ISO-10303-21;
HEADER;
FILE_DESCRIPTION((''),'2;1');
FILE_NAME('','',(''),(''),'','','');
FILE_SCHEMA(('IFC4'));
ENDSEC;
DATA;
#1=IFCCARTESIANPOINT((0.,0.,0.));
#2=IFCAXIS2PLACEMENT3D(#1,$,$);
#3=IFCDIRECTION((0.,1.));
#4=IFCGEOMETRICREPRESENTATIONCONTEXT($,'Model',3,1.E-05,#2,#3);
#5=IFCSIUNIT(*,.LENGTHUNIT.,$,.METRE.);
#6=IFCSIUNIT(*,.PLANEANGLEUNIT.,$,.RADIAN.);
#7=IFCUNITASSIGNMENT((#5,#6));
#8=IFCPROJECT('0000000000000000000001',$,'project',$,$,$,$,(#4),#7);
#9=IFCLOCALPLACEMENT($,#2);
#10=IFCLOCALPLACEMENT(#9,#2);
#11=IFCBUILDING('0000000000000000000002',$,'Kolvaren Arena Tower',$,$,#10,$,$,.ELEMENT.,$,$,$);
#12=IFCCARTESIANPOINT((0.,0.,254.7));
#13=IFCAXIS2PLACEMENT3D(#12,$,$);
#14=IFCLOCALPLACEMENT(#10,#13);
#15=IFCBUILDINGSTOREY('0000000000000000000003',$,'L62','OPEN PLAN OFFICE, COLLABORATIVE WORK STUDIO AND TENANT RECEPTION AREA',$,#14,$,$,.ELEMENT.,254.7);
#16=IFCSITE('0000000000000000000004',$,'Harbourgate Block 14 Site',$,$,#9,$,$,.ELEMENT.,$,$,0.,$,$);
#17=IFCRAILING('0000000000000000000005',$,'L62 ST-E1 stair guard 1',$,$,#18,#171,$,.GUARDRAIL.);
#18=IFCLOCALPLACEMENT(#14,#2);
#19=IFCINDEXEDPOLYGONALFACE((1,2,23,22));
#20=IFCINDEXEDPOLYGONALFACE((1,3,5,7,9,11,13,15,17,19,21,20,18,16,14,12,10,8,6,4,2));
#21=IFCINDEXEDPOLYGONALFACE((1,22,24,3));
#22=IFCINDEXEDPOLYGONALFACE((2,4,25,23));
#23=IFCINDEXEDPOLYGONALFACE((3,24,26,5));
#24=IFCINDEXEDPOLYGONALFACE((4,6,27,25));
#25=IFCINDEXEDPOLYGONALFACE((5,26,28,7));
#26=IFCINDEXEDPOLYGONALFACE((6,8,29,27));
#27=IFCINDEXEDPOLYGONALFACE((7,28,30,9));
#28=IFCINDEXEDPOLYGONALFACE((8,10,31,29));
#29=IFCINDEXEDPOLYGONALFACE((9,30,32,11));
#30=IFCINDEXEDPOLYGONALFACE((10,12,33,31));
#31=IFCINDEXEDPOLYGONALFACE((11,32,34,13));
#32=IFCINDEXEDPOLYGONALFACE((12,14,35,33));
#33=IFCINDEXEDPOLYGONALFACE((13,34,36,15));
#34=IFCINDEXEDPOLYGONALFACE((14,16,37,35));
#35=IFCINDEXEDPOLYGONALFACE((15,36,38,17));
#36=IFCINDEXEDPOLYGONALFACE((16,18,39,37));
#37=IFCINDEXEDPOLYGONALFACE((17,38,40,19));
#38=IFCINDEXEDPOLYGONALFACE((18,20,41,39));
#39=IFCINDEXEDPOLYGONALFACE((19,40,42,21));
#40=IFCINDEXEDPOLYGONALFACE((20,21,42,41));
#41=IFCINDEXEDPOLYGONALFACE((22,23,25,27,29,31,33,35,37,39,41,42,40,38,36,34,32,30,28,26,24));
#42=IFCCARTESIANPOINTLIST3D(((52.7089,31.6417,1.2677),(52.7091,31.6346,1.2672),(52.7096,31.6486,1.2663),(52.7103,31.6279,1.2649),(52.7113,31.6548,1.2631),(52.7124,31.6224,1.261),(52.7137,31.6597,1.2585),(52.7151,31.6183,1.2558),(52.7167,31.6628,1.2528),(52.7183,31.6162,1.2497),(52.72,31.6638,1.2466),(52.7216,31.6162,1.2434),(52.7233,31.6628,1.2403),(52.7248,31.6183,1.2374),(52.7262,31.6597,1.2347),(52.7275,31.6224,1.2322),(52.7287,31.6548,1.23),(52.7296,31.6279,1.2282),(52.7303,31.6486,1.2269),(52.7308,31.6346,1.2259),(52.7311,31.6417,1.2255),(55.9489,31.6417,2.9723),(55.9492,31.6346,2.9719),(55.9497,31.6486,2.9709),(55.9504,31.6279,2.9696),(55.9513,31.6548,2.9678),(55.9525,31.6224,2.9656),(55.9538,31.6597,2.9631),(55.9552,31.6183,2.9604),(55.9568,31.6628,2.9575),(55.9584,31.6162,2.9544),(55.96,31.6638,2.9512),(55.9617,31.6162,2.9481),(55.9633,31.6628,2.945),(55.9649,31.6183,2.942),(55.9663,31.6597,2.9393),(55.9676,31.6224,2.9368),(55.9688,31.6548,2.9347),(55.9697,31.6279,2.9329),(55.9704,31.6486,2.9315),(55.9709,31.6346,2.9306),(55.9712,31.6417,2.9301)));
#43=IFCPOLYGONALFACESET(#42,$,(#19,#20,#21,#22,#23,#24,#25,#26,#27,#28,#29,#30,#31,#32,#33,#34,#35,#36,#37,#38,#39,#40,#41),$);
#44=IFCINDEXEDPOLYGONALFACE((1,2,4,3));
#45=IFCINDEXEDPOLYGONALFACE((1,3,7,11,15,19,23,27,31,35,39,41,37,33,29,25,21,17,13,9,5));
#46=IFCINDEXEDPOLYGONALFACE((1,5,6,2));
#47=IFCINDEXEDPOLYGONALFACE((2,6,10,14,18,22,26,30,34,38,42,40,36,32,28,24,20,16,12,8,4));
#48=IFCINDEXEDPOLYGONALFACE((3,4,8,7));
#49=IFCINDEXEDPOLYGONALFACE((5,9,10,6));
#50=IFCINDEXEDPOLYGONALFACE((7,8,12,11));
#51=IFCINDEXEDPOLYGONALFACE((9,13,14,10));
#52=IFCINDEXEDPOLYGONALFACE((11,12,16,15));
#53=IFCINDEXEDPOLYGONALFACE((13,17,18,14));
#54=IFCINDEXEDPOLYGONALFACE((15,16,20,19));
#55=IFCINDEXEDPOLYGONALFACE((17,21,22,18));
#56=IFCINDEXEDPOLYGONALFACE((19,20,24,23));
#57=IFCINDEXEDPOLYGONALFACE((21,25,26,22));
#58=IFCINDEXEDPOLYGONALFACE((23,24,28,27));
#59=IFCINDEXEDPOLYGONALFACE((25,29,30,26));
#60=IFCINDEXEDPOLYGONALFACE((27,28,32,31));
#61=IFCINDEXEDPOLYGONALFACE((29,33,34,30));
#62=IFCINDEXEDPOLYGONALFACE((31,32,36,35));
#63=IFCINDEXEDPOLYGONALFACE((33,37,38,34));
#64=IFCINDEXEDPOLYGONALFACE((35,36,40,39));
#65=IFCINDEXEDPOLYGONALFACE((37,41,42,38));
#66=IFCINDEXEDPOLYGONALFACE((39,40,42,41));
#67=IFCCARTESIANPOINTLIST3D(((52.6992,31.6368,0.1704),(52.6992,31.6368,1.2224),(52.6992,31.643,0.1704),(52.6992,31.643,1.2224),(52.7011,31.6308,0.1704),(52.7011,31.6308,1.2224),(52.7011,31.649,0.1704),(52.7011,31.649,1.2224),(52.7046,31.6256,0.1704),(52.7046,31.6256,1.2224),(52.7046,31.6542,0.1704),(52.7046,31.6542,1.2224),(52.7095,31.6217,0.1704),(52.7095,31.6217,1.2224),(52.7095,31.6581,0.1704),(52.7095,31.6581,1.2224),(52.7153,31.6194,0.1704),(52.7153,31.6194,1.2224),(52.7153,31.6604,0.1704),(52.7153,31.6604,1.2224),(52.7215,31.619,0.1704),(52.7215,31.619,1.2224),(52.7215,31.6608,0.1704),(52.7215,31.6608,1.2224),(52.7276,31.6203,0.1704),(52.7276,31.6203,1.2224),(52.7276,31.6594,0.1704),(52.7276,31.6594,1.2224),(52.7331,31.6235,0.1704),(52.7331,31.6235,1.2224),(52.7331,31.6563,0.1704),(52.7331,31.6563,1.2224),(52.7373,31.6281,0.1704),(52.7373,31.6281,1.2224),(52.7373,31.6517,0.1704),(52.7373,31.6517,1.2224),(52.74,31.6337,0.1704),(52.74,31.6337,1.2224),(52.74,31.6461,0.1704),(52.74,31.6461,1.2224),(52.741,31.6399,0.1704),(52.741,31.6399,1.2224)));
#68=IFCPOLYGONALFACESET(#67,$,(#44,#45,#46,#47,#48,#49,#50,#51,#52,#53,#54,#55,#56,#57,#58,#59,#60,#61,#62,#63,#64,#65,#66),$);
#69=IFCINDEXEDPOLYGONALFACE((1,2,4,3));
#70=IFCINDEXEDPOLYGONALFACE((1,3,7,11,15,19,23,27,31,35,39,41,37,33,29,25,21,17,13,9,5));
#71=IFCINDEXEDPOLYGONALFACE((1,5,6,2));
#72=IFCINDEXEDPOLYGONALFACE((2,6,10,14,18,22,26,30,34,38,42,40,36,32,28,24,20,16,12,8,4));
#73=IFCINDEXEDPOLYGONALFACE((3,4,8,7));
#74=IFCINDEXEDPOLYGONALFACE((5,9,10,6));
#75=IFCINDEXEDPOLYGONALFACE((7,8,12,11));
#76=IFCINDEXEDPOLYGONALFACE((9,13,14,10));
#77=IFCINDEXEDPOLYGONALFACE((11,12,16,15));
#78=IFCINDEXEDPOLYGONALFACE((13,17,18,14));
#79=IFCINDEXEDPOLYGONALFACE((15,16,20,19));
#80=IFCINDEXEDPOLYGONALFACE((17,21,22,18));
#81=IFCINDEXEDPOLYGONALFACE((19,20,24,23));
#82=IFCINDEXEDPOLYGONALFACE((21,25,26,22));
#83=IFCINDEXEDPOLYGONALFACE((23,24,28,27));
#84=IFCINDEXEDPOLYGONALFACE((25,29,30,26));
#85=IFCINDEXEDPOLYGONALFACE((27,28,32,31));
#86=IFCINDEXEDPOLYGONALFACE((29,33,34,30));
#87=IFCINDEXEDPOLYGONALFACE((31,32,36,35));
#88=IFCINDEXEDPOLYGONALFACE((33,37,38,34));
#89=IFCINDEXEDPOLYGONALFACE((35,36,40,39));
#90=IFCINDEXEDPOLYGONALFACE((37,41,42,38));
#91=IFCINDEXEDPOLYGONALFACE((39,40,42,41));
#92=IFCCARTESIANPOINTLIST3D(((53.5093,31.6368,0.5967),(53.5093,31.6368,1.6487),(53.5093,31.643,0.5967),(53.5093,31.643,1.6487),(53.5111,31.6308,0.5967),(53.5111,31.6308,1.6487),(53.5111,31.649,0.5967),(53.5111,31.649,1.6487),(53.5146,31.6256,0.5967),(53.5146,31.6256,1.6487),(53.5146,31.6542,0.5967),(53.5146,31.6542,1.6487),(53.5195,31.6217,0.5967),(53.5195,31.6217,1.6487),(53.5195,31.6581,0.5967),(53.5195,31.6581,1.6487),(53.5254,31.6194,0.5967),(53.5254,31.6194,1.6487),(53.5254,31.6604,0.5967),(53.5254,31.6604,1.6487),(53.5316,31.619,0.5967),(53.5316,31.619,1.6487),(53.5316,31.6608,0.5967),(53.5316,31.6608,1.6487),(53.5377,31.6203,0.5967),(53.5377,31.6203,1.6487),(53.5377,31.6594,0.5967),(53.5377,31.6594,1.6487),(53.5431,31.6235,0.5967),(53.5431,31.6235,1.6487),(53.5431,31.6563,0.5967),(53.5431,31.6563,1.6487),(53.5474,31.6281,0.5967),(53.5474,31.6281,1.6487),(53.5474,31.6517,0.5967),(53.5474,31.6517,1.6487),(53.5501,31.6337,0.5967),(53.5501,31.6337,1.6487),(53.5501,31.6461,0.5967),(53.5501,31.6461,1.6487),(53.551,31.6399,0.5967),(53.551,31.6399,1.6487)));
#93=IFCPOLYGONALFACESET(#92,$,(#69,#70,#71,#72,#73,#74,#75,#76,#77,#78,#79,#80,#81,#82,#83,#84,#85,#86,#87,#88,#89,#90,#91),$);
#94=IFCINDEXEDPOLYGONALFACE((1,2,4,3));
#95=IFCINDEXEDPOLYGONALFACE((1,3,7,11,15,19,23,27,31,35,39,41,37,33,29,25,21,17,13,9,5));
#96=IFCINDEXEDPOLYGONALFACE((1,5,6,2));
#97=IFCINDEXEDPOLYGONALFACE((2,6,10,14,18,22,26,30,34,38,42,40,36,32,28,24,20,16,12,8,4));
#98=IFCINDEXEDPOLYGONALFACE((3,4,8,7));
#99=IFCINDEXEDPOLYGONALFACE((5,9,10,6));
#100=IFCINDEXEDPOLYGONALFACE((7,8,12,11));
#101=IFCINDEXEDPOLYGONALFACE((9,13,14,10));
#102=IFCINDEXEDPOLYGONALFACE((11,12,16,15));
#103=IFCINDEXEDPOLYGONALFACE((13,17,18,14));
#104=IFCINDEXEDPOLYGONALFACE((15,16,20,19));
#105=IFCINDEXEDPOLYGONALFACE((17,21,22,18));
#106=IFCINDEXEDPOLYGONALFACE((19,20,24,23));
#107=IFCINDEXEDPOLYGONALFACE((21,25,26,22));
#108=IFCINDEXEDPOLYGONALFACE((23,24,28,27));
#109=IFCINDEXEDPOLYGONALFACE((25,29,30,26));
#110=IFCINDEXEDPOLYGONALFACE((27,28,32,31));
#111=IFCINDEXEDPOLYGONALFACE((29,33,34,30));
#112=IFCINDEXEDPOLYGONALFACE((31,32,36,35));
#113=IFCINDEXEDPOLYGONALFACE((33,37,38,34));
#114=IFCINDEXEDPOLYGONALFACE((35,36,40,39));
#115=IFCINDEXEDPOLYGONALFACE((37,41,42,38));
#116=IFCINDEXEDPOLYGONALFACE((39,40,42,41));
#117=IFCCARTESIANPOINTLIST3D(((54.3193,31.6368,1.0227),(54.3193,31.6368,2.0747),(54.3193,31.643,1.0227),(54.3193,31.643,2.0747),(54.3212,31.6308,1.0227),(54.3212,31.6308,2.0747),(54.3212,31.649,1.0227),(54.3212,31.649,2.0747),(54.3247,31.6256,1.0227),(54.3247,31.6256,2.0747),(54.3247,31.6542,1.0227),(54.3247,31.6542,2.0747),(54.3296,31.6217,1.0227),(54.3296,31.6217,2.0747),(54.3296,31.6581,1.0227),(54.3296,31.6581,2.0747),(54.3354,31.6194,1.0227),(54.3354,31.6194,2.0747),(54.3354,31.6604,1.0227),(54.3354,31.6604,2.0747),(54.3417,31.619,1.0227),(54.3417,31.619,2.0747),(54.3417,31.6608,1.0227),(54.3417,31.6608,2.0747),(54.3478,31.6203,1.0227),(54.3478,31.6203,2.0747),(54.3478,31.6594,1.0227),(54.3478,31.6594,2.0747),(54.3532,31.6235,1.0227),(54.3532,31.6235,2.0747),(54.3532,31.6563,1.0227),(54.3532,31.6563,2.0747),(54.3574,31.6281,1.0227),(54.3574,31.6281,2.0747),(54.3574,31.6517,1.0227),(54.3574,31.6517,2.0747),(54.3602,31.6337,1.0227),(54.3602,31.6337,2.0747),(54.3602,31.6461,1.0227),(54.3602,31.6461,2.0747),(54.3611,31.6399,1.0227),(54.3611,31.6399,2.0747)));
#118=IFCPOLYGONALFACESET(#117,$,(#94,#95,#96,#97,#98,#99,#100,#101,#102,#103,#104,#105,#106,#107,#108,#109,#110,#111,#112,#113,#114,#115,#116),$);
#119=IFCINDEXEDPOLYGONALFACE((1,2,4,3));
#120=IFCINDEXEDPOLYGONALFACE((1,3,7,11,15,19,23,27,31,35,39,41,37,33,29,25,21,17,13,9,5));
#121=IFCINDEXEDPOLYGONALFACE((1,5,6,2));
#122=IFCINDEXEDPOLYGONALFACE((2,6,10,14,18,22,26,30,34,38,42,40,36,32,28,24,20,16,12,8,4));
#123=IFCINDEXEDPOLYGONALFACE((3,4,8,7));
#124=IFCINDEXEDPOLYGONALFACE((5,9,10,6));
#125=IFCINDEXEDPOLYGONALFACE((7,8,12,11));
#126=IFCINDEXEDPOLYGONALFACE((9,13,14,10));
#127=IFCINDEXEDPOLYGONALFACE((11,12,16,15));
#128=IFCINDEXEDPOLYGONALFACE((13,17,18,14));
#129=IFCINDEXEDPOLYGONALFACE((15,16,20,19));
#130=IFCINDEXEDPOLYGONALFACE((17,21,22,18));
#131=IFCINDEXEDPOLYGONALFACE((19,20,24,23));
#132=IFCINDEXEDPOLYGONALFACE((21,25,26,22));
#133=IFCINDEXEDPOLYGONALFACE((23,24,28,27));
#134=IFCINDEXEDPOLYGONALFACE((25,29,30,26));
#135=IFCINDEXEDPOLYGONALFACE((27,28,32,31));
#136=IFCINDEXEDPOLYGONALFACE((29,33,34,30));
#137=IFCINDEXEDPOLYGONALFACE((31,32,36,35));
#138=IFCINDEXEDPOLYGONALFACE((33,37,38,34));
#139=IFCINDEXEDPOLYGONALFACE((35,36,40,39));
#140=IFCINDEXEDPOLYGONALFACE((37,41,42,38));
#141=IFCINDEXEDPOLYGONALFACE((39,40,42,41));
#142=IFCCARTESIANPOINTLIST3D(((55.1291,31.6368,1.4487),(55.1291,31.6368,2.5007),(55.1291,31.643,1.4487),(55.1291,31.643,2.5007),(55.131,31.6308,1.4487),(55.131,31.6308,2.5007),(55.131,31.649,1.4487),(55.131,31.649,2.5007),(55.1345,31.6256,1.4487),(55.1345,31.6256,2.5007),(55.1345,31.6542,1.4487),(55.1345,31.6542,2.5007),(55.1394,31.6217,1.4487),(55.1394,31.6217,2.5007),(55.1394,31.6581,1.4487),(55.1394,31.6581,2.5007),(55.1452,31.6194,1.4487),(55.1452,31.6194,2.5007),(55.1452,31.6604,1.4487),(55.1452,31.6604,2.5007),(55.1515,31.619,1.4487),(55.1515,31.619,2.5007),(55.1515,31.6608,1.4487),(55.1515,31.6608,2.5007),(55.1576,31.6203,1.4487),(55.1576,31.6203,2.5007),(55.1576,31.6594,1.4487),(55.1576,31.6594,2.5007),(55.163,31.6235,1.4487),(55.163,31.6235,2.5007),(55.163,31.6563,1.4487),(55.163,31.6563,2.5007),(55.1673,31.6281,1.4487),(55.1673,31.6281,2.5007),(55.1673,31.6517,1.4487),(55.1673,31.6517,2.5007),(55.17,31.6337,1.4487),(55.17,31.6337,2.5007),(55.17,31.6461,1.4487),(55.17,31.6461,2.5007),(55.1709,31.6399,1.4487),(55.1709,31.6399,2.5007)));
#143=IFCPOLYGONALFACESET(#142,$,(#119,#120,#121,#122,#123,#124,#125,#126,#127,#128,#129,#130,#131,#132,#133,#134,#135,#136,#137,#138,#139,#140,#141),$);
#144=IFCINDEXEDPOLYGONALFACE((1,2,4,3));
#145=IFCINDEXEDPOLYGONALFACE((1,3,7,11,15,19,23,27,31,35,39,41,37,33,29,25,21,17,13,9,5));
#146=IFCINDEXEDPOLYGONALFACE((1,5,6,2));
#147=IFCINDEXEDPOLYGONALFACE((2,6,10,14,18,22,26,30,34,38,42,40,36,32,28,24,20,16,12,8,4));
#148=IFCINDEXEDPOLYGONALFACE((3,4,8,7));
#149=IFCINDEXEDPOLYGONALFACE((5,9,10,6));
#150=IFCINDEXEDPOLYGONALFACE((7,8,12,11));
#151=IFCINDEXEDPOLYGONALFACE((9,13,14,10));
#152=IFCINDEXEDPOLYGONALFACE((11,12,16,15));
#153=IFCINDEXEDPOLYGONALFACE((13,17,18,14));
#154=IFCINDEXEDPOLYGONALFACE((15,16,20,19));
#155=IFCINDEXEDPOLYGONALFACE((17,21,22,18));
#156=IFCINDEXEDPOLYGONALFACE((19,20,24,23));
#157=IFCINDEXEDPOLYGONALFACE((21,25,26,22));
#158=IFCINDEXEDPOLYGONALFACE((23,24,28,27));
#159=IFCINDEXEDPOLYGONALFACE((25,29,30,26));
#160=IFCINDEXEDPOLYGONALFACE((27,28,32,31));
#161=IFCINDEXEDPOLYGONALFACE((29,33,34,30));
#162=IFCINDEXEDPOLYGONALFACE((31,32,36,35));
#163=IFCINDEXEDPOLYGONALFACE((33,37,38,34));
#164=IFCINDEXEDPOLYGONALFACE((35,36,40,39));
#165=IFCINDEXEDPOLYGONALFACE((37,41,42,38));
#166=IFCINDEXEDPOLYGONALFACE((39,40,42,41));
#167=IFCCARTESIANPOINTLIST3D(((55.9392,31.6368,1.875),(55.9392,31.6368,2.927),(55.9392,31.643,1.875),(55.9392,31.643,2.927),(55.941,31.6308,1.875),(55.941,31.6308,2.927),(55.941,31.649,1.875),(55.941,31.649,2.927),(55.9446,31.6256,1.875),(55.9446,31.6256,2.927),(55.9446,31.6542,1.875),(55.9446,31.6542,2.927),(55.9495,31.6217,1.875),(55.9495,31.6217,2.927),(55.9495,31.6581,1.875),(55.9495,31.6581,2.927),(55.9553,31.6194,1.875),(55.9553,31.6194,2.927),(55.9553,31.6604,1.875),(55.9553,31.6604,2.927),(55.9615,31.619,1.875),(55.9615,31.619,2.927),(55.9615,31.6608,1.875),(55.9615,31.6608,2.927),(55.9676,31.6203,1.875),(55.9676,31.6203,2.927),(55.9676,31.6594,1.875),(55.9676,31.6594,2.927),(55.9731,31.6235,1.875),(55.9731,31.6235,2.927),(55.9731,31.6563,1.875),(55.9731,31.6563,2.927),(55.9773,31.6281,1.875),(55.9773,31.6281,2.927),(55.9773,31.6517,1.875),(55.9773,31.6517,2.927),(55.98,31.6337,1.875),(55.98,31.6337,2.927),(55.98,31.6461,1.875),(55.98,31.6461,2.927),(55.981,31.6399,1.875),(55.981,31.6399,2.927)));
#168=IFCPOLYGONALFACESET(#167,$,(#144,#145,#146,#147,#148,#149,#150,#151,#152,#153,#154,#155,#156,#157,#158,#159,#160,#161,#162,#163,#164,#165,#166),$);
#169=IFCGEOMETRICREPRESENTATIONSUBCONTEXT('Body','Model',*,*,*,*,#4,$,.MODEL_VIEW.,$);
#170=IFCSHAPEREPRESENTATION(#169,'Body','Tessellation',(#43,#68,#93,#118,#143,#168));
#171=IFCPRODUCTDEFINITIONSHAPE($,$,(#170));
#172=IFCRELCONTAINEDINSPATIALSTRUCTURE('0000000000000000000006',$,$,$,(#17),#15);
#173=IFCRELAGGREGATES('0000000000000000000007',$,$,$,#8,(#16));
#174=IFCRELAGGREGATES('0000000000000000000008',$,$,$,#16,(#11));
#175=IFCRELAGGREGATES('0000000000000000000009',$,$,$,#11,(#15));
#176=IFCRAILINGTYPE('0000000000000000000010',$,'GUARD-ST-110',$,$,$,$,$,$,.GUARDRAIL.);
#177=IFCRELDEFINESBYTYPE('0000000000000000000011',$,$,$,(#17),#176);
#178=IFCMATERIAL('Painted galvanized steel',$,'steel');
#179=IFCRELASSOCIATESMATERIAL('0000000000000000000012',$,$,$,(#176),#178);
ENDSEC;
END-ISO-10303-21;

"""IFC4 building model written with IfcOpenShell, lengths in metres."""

from ifc_helpers import new_model, si_unit, direction, frame, origin, origin_2d, place, context, subcontext, project, spatial, circle, extrude, material, type_object, element, save


model = new_model("IFC4")

# Units and contexts
model_context = context("Model", 3, precision=1e-05, world=origin(), true_north=direction((0.0, 1.0)))
body_context = subcontext(model_context, "Body", "Model", "MODEL_VIEW")
ifc_project = project(units=[si_unit("LENGTHUNIT", "METRE"), si_unit("PLANEANGLEUNIT", "RADIAN")], contexts=[model_context])

# Site, building, storey
site_placement = place(None, origin())
site = spatial("IfcSite", under=ifc_project, at=site_placement, Name="Harbourgate Block 14 Site", CompositionType="ELEMENT", RefElevation=0.0)
building_placement = place(site_placement, origin())
building = spatial("IfcBuilding", under=site, at=building_placement, Name="Kolvaren Arena Tower", CompositionType="ELEMENT")
storey_placement = place(building_placement, frame((0.0, 0.0, 254.7)))
storey = spatial("IfcBuildingStorey", under=building, at=storey_placement, Name="L62", Description="OPEN PLAN OFFICE, COLLABORATIVE WORK STUDIO AND TENANT RECEPTION AREA", CompositionType="ELEMENT", Elevation=254.7)

# Railing
ifc_material_1 = material(Name="Painted galvanized steel", Category="steel")
railing_type_1 = type_object("IfcRailingType", Name="GUARD-ST-110", PredefinedType="GUARDRAIL", material=ifc_material_1)
railing_1_placement = place(storey_placement, frame((52.72, 31.6399, 0.1704)))
element("IfcRailing", 1, at=railing_1_placement, inside=storey, type_object=railing_type_1, Name="L62 ST-E1 stair guard 1", PredefinedType="GUARDRAIL", context=body_context, shape_type="SweptSolid", body=[
    extrude(circle(Radius=0.0239, at=origin_2d()), frame((0.0, 0.0, 1.0762), z_axis=(0.884993, 0.0, 0.465604), x_axis=(0.0, 1.0, 0.0)), (0.0, 0.0, 1.0), 3.6611),
    extrude(circle(Radius=0.021, at=origin_2d()), origin(), (0.0, 0.0, 1.0), 1.052),
    extrude(circle(Radius=0.021, at=origin_2d()), frame((0.8101, 0.0, 0.4263)), (0.0, 0.0, 1.0), 1.052),
    extrude(circle(Radius=0.021, at=origin_2d()), frame((1.6201, 0.0, 0.8523)), (0.0, 0.0, 1.0), 1.052),
    extrude(circle(Radius=0.021, at=origin_2d()), frame((2.4299, 0.0, 1.2783)), (0.0, 0.0, 1.0), 1.052),
    extrude(circle(Radius=0.021, at=origin_2d()), frame((3.24, 0.0, 1.7046)), (0.0, 0.0, 1.0), 1.052),
])

save(model, "model.ifc")
